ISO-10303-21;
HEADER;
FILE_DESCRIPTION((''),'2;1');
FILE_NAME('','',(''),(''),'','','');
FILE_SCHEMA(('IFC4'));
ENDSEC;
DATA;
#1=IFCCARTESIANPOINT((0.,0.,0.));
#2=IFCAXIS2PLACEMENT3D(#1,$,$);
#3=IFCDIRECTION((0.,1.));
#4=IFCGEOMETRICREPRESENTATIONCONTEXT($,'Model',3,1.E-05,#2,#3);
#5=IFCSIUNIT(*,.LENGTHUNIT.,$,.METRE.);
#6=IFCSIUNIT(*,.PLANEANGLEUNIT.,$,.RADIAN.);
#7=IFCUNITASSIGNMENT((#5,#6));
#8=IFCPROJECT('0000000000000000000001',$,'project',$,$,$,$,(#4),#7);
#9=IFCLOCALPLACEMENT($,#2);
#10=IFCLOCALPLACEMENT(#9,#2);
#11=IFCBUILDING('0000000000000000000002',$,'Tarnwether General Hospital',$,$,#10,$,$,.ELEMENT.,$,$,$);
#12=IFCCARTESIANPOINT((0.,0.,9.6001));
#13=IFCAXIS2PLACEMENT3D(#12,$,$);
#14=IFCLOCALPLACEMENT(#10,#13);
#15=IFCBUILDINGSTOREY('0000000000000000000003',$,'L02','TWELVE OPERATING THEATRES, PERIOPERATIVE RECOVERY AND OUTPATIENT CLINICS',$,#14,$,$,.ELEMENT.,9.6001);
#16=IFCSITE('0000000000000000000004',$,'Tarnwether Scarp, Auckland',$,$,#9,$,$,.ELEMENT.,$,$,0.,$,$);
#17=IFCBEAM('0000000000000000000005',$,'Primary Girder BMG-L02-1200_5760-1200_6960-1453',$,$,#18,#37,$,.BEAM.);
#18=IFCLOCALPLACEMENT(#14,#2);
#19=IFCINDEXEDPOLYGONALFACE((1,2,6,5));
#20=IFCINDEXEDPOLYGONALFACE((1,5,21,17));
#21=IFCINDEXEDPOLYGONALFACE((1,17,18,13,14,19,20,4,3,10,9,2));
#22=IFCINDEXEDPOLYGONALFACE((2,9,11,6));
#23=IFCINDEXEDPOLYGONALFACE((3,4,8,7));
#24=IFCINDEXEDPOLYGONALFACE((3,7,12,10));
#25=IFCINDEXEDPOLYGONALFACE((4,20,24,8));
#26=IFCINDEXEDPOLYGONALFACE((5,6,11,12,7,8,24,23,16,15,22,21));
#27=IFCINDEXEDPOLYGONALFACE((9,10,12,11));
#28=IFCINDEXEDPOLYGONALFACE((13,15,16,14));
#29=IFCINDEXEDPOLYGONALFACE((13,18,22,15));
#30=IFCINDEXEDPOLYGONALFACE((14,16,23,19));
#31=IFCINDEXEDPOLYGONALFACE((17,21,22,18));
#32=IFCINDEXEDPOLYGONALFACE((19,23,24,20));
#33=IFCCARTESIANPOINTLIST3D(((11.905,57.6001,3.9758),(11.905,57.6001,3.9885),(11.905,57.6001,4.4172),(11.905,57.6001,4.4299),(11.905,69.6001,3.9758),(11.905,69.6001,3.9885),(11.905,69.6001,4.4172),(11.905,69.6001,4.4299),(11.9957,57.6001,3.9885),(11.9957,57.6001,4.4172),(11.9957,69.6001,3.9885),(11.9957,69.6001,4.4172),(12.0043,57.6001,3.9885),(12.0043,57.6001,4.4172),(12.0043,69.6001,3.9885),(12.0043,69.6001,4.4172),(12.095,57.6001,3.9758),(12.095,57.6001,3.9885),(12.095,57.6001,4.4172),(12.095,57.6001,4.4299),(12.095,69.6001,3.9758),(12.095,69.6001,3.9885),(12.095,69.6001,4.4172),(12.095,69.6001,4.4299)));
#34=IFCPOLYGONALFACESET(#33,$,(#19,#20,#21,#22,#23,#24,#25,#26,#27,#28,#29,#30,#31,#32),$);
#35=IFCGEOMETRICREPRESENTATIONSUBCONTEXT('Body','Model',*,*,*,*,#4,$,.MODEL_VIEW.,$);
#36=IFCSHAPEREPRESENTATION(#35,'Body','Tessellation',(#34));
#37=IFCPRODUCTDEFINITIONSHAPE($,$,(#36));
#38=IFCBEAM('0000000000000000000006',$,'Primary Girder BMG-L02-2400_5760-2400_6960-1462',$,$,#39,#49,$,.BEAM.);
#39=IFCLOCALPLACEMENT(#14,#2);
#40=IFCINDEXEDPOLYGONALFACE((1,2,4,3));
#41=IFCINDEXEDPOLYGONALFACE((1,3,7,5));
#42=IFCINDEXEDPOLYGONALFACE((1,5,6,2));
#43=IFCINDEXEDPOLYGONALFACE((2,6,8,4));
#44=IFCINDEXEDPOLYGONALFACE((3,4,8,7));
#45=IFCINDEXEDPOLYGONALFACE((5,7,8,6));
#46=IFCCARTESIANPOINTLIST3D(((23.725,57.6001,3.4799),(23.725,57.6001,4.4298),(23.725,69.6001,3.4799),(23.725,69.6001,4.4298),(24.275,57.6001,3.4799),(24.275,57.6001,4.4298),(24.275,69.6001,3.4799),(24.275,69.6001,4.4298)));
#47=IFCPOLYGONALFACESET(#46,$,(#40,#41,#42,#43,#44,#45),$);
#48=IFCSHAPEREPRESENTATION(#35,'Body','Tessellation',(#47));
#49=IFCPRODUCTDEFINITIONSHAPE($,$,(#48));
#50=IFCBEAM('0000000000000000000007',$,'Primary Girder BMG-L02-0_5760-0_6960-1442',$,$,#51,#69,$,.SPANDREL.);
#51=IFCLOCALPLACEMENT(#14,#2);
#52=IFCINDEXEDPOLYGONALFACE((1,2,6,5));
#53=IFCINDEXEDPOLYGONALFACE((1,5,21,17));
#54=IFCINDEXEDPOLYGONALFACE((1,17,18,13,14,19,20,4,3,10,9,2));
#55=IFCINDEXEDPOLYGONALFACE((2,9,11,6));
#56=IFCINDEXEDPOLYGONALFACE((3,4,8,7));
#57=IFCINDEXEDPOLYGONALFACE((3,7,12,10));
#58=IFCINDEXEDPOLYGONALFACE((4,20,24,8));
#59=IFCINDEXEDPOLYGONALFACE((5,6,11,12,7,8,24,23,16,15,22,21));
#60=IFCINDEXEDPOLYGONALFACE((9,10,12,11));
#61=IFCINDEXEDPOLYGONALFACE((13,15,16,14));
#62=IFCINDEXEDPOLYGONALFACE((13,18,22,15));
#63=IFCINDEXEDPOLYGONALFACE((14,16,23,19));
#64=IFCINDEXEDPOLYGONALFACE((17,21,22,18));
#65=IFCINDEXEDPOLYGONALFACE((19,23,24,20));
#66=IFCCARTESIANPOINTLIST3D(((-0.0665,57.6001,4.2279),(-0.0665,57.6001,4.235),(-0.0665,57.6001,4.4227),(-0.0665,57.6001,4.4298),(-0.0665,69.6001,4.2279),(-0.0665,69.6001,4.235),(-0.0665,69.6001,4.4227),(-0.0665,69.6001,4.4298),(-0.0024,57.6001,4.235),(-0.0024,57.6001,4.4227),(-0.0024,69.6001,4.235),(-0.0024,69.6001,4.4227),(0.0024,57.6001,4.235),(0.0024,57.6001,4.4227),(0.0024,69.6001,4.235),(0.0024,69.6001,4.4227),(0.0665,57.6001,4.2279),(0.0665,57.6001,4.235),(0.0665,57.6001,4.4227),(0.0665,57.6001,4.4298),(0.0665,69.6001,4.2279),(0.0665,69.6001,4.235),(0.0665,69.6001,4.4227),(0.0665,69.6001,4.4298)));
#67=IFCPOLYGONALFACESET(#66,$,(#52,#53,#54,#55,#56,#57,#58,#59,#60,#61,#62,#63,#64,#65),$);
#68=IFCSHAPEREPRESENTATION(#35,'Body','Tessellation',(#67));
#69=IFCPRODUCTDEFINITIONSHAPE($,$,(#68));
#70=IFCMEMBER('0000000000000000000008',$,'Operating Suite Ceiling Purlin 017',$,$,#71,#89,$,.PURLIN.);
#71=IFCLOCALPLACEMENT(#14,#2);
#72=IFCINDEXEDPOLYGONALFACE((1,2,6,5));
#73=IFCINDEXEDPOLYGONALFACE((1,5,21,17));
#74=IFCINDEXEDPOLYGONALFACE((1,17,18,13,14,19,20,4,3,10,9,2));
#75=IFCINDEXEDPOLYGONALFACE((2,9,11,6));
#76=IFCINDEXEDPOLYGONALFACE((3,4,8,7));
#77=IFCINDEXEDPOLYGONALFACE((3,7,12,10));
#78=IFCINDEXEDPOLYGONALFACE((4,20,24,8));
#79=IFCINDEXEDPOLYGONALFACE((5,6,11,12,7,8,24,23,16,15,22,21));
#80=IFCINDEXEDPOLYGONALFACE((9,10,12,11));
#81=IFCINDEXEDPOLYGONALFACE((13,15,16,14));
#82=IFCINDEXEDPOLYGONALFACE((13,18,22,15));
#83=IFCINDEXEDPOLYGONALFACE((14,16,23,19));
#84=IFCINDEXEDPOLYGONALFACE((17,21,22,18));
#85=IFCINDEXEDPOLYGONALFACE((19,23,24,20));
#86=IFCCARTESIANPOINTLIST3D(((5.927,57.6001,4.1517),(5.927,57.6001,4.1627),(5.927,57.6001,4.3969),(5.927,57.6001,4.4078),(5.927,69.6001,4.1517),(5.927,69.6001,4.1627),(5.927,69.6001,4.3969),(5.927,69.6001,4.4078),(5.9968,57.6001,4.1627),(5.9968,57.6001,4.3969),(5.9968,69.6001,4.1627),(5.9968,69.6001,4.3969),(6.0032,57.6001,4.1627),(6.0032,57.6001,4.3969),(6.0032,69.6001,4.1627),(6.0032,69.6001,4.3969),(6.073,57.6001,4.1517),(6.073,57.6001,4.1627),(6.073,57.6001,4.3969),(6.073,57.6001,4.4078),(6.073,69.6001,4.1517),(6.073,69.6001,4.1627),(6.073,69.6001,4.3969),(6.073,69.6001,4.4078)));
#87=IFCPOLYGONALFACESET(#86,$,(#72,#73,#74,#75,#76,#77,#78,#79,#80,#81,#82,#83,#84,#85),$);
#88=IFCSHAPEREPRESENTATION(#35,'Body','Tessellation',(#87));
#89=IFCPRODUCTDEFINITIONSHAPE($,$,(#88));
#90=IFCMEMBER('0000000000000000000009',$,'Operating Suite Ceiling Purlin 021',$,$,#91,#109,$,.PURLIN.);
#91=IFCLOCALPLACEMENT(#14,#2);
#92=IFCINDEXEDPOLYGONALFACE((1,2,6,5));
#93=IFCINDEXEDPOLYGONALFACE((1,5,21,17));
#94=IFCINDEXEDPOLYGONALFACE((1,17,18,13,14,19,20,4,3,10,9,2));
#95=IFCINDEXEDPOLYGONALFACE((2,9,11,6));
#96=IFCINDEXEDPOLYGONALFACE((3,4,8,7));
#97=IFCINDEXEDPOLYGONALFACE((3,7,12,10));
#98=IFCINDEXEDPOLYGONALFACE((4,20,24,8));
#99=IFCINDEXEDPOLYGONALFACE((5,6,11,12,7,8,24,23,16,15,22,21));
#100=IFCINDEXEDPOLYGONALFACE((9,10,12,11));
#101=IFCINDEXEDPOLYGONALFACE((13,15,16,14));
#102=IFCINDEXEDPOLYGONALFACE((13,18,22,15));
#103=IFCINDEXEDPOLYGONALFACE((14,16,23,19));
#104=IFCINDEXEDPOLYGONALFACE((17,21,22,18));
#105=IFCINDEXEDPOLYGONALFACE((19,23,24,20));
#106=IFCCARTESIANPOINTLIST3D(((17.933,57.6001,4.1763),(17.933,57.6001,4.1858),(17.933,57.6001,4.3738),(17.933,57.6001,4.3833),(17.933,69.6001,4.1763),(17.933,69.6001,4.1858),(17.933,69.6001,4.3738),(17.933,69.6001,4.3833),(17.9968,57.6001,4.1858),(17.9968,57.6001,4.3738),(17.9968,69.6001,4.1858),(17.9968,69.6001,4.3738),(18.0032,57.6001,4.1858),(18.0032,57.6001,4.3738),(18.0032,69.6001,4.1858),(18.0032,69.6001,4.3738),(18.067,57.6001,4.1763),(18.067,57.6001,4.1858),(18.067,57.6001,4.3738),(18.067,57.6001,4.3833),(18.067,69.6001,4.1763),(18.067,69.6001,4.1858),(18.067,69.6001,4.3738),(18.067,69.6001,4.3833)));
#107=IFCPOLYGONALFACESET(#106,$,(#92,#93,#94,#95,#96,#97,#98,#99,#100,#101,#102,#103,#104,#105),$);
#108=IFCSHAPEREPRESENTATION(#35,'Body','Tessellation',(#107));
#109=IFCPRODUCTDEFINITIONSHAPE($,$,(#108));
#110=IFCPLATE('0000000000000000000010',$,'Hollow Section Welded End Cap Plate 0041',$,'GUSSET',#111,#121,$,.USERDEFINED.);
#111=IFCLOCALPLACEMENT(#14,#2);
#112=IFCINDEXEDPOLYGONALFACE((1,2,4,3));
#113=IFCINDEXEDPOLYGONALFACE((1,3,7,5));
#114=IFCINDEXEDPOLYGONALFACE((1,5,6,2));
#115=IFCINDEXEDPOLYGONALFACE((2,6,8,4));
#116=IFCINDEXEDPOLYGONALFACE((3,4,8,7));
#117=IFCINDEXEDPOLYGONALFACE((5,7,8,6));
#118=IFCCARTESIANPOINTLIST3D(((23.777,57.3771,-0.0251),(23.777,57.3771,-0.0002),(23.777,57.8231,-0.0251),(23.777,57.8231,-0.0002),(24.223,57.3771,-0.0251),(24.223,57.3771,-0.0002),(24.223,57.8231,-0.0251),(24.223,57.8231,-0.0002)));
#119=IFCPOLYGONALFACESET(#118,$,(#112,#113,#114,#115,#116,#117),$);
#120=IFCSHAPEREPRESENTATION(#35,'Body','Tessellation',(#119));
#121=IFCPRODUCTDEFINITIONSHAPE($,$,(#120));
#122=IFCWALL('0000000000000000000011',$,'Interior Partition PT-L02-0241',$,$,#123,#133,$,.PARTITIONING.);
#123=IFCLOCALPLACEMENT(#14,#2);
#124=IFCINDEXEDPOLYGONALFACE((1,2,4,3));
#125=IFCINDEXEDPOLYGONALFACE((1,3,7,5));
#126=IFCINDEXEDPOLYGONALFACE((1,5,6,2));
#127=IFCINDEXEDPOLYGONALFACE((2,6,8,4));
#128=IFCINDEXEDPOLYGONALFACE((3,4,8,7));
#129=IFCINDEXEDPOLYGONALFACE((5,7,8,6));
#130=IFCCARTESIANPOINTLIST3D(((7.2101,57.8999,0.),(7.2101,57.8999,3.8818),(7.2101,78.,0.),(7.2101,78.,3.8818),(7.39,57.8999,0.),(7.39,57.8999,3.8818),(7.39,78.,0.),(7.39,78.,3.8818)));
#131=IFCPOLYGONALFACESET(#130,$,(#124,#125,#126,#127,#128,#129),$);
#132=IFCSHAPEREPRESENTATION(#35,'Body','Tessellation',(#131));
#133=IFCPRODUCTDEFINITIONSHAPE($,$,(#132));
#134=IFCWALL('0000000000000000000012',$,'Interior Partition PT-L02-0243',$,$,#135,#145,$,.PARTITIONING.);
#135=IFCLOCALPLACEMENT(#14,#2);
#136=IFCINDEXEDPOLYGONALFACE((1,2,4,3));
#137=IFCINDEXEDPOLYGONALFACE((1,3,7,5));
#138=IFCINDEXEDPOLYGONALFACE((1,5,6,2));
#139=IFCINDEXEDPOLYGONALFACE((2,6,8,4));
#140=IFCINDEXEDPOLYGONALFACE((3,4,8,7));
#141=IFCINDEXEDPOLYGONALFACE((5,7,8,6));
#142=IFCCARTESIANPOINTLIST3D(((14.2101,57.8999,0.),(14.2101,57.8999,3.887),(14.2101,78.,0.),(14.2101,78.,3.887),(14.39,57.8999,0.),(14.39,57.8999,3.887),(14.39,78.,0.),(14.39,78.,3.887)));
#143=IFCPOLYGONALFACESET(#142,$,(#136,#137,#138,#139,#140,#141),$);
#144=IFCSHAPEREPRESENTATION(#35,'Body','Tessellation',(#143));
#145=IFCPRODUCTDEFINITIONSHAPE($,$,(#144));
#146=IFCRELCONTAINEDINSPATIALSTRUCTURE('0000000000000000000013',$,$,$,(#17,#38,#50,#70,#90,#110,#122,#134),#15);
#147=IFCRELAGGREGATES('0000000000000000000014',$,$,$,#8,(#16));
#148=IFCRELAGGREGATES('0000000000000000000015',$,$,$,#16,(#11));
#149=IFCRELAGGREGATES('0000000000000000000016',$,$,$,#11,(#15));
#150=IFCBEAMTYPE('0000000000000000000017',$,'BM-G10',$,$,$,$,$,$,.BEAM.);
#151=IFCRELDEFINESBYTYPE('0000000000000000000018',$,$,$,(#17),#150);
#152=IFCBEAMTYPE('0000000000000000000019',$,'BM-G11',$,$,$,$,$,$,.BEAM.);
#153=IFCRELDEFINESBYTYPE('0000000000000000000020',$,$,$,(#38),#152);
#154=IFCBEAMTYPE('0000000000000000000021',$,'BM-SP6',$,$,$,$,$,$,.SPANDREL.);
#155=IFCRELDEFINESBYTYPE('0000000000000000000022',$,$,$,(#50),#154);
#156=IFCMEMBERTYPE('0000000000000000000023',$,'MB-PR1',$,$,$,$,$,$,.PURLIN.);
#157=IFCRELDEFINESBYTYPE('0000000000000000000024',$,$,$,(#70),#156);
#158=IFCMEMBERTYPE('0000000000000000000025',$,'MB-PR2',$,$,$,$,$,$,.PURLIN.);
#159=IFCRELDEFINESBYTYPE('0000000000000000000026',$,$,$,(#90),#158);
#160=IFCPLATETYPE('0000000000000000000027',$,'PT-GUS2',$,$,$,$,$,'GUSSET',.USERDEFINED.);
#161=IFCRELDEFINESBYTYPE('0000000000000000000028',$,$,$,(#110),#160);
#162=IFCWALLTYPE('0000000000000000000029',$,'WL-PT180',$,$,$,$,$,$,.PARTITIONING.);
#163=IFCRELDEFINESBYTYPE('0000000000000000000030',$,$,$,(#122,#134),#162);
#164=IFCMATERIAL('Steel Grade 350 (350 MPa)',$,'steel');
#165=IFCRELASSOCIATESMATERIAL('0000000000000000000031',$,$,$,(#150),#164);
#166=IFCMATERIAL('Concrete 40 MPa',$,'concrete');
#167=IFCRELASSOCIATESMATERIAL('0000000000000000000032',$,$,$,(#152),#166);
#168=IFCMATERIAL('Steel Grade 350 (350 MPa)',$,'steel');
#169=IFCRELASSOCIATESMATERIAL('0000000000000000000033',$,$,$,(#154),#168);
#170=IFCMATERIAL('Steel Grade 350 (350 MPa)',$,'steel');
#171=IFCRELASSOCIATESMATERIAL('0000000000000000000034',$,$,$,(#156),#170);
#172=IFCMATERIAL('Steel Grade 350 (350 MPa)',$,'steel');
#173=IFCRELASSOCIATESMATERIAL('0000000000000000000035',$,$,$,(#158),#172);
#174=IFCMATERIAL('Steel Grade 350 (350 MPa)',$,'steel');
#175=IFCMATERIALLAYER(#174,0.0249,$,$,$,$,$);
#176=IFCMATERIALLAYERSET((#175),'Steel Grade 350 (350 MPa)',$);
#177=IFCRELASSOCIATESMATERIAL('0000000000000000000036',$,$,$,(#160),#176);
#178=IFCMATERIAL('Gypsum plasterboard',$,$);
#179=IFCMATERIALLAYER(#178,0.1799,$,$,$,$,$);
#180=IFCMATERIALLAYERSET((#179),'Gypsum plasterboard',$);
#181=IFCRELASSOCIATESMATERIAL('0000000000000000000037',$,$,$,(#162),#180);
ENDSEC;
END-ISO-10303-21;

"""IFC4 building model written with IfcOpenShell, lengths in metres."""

from ifc_helpers import new_model, si_unit, direction, frame, frame_2d, origin, origin_2d, place, context, subcontext, project, spatial, rectangle, i_section, extrude, material, layer, layer_set, material_profile, profile_set, type_object, element, save


model = new_model("IFC4")

# Units and contexts
model_context = context("Model", 3, precision=1e-05, world=origin(), true_north=direction((0.0, 1.0)))
body_context = subcontext(model_context, "Body", "Model", "MODEL_VIEW")
ifc_project = project(units=[si_unit("LENGTHUNIT", "METRE"), si_unit("PLANEANGLEUNIT", "RADIAN")], contexts=[model_context])

# Site, building, storey
site_placement = place(None, origin())
site = spatial("IfcSite", under=ifc_project, at=site_placement, Name="Tarnwether Scarp, Auckland", CompositionType="ELEMENT", RefElevation=0.0)
building_placement = place(site_placement, origin())
building = spatial("IfcBuilding", under=site, at=building_placement, Name="Tarnwether General Hospital", CompositionType="ELEMENT")
storey_placement = place(building_placement, frame((0.0, 0.0, 9.6001)))
storey = spatial("IfcBuildingStorey", under=building, at=storey_placement, Name="L02", Description="TWELVE OPERATING THEATRES, PERIOPERATIVE RECOVERY AND OUTPATIENT CLINICS", CompositionType="ELEMENT", Elevation=9.6001)

# Beams
ifc_material_1 = material(Name="Steel Grade 350 (350 MPa)", Category="steel")
ifc_material_profile_1 = material_profile(ifc_material_1, i_section(OverallWidth=0.1899, OverallDepth=0.4541, WebThickness=0.0085, FlangeThickness=0.0127, at=origin_2d()), Name="460UB67.1")
ifc_profile_set_1 = profile_set([ifc_material_profile_1], Name="Steel Grade 350 (350 MPa)")
beam_type_1 = type_object("IfcBeamType", Name="BM-G10", PredefinedType="BEAM", material=ifc_profile_set_1)
beam_1_placement = place(storey_placement, frame((12.0, 57.6001, 4.2029), z_axis=(0.0, 1.0, 0.0), x_axis=(-1.0, 0.0, 0.0)))
element("IfcBeam", 1, at=beam_1_placement, inside=storey, type_object=beam_type_1, Name="Primary Girder BMG-L02-1200_5760-1200_6960-1453", PredefinedType="BEAM", context=body_context, shape_type="SweptSolid", body=[
    extrude(i_section(OverallWidth=0.1899, OverallDepth=0.4541, WebThickness=0.0085, FlangeThickness=0.0127, at=origin_2d()), origin(), (0.0, 0.0, 1.0), 12.0),
])
ifc_material_2 = material(Name="Concrete 40 MPa", Category="concrete")
ifc_material_profile_2 = material_profile(ifc_material_2, rectangle(XDim=0.55, YDim=0.95, at=origin_2d()), Name="RC-BM-550x950")
ifc_profile_set_2 = profile_set([ifc_material_profile_2], Name="Concrete 40 MPa")
beam_type_2 = type_object("IfcBeamType", Name="BM-G11", PredefinedType="BEAM", material=ifc_profile_set_2)
beam_2_placement = place(storey_placement, frame((24.0, 57.6001, 3.9548), z_axis=(0.0, 1.0, 0.0), x_axis=(-1.0, 0.0, 0.0)))
element("IfcBeam", 2, at=beam_2_placement, inside=storey, type_object=beam_type_2, Name="Primary Girder BMG-L02-2400_5760-2400_6960-1462", PredefinedType="BEAM", context=body_context, shape_type="SweptSolid", body=[
    extrude(rectangle(XDim=0.55, YDim=0.95, at=origin_2d()), origin(), (0.0, 0.0, 1.0), 12.0),
])
ifc_material_3 = material(Name="Steel Grade 350 (350 MPa)", Category="steel")
ifc_material_profile_3 = material_profile(ifc_material_3, i_section(OverallWidth=0.1331, OverallDepth=0.2019, WebThickness=0.0049, FlangeThickness=0.0071, at=origin_2d()), Name="200UB22.3")
ifc_profile_set_3 = profile_set([ifc_material_profile_3], Name="Steel Grade 350 (350 MPa)")
beam_type_3 = type_object("IfcBeamType", Name="BM-SP6", PredefinedType="SPANDREL", material=ifc_profile_set_3)
beam_3_placement = place(storey_placement, frame((0.0, 57.6001, 4.3289), z_axis=(0.0, 1.0, 0.0), x_axis=(-1.0, 0.0, 0.0)))
element("IfcBeam", 3, at=beam_3_placement, inside=storey, type_object=beam_type_3, Name="Primary Girder BMG-L02-0_5760-0_6960-1442", PredefinedType="SPANDREL", context=body_context, shape_type="SweptSolid", body=[
    extrude(i_section(OverallWidth=0.1331, OverallDepth=0.2019, WebThickness=0.0049, FlangeThickness=0.0071, at=origin_2d()), origin(), (0.0, 0.0, 1.0), 12.0),
])

# Members
ifc_material_4 = material(Name="Steel Grade 350 (350 MPa)", Category="steel")
ifc_material_profile_4 = material_profile(ifc_material_4, i_section(OverallWidth=0.146, OverallDepth=0.2561, WebThickness=0.0063, FlangeThickness=0.011, at=origin_2d()), Name="250UB37.3")
ifc_profile_set_4 = profile_set([ifc_material_profile_4], Name="Steel Grade 350 (350 MPa)")
member_type_1 = type_object("IfcMemberType", Name="MB-PR1", PredefinedType="PURLIN", material=ifc_profile_set_4)
member_1_placement = place(storey_placement, frame((6.0, 57.6001, 4.2798), z_axis=(0.0, 1.0, 0.0), x_axis=(-1.0, 0.0, 0.0)))
element("IfcMember", 4, at=member_1_placement, inside=storey, type_object=member_type_1, Name="Operating Suite Ceiling Purlin 017", PredefinedType="PURLIN", context=body_context, shape_type="SweptSolid", body=[
    extrude(i_section(OverallWidth=0.146, OverallDepth=0.2561, WebThickness=0.0063, FlangeThickness=0.011, at=origin_2d()), origin(), (0.0, 0.0, 1.0), 12.0),
])
ifc_material_5 = material(Name="Steel Grade 350 (350 MPa)", Category="steel")
ifc_material_profile_5 = material_profile(ifc_material_5, i_section(OverallWidth=0.134, OverallDepth=0.207, WebThickness=0.0063, FlangeThickness=0.0095, at=origin_2d()), Name="200UB29.8")
ifc_profile_set_5 = profile_set([ifc_material_profile_5], Name="Steel Grade 350 (350 MPa)")
member_type_2 = type_object("IfcMemberType", Name="MB-PR2", PredefinedType="PURLIN", material=ifc_profile_set_5)
member_2_placement = place(storey_placement, frame((18.0, 57.6001, 4.2798), z_axis=(0.0, 1.0, 0.0), x_axis=(-1.0, 0.0, 0.0)))
element("IfcMember", 5, at=member_2_placement, inside=storey, type_object=member_type_2, Name="Operating Suite Ceiling Purlin 021", PredefinedType="PURLIN", context=body_context, shape_type="SweptSolid", body=[
    extrude(i_section(OverallWidth=0.134, OverallDepth=0.207, WebThickness=0.0063, FlangeThickness=0.0095, at=origin_2d()), origin(), (0.0, 0.0, 1.0), 12.0),
])

# Plate
ifc_material_6 = material(Name="Steel Grade 350 (350 MPa)", Category="steel")
ifc_layer_1 = layer(ifc_material_6, 0.0249)
ifc_layer_set_1 = layer_set([ifc_layer_1], Name="Steel Grade 350 (350 MPa)")
plate_type = type_object("IfcPlateType", Name="PT-GUS2", ElementType="GUSSET", PredefinedType="USERDEFINED", material=ifc_layer_set_1)
plate_placement = place(storey_placement, frame((24.0, 57.6001, -0.0251), z_axis=(0.0, 0.0, 1.0), x_axis=(1.0, 0.0, 0.0)))
element("IfcPlate", 6, at=plate_placement, inside=storey, type_object=plate_type, Name="Hollow Section Welded End Cap Plate 0041", ObjectType="GUSSET", PredefinedType="USERDEFINED", context=body_context, shape_type="SweptSolid", body=[
    extrude(rectangle(XDim=0.446, YDim=0.446, at=origin_2d()), origin(), (0.0, 0.0, 1.0), 0.0249),
])

# Walls
ifc_material_7 = material(Name="Gypsum plasterboard")
ifc_layer_2 = layer(ifc_material_7, 0.1799)
ifc_layer_set_2 = layer_set([ifc_layer_2], Name="Gypsum plasterboard")
wall_type_1 = type_object("IfcWallType", Name="WL-PT180", PredefinedType="PARTITIONING", material=ifc_layer_set_2)
wall_1_placement = place(storey_placement, frame((7.3, 57.8999, 0.0), z_axis=(0.0, 0.0, 1.0), x_axis=(0.0, 1.0, 0.0)))
element("IfcWall", 7, at=wall_1_placement, inside=storey, type_object=wall_type_1, Name="Interior Partition PT-L02-0241", PredefinedType="PARTITIONING", context=body_context, shape_type="SweptSolid", body=[
    extrude(rectangle(XDim=20.1001, YDim=0.1799, at=frame_2d((10.05, 0.0))), origin(), (0.0, 0.0, 1.0), 3.8818),
])
wall_2_placement = place(storey_placement, frame((14.3, 57.8999, 0.0), z_axis=(0.0, 0.0, 1.0), x_axis=(0.0, 1.0, 0.0)))
element("IfcWall", 8, at=wall_2_placement, inside=storey, type_object=wall_type_1, Name="Interior Partition PT-L02-0243", PredefinedType="PARTITIONING", context=body_context, shape_type="SweptSolid", body=[
    extrude(rectangle(XDim=20.1001, YDim=0.1799, at=frame_2d((10.05, 0.0))), origin(), (0.0, 0.0, 1.0), 3.887),
])

save(model, "model.ifc")
